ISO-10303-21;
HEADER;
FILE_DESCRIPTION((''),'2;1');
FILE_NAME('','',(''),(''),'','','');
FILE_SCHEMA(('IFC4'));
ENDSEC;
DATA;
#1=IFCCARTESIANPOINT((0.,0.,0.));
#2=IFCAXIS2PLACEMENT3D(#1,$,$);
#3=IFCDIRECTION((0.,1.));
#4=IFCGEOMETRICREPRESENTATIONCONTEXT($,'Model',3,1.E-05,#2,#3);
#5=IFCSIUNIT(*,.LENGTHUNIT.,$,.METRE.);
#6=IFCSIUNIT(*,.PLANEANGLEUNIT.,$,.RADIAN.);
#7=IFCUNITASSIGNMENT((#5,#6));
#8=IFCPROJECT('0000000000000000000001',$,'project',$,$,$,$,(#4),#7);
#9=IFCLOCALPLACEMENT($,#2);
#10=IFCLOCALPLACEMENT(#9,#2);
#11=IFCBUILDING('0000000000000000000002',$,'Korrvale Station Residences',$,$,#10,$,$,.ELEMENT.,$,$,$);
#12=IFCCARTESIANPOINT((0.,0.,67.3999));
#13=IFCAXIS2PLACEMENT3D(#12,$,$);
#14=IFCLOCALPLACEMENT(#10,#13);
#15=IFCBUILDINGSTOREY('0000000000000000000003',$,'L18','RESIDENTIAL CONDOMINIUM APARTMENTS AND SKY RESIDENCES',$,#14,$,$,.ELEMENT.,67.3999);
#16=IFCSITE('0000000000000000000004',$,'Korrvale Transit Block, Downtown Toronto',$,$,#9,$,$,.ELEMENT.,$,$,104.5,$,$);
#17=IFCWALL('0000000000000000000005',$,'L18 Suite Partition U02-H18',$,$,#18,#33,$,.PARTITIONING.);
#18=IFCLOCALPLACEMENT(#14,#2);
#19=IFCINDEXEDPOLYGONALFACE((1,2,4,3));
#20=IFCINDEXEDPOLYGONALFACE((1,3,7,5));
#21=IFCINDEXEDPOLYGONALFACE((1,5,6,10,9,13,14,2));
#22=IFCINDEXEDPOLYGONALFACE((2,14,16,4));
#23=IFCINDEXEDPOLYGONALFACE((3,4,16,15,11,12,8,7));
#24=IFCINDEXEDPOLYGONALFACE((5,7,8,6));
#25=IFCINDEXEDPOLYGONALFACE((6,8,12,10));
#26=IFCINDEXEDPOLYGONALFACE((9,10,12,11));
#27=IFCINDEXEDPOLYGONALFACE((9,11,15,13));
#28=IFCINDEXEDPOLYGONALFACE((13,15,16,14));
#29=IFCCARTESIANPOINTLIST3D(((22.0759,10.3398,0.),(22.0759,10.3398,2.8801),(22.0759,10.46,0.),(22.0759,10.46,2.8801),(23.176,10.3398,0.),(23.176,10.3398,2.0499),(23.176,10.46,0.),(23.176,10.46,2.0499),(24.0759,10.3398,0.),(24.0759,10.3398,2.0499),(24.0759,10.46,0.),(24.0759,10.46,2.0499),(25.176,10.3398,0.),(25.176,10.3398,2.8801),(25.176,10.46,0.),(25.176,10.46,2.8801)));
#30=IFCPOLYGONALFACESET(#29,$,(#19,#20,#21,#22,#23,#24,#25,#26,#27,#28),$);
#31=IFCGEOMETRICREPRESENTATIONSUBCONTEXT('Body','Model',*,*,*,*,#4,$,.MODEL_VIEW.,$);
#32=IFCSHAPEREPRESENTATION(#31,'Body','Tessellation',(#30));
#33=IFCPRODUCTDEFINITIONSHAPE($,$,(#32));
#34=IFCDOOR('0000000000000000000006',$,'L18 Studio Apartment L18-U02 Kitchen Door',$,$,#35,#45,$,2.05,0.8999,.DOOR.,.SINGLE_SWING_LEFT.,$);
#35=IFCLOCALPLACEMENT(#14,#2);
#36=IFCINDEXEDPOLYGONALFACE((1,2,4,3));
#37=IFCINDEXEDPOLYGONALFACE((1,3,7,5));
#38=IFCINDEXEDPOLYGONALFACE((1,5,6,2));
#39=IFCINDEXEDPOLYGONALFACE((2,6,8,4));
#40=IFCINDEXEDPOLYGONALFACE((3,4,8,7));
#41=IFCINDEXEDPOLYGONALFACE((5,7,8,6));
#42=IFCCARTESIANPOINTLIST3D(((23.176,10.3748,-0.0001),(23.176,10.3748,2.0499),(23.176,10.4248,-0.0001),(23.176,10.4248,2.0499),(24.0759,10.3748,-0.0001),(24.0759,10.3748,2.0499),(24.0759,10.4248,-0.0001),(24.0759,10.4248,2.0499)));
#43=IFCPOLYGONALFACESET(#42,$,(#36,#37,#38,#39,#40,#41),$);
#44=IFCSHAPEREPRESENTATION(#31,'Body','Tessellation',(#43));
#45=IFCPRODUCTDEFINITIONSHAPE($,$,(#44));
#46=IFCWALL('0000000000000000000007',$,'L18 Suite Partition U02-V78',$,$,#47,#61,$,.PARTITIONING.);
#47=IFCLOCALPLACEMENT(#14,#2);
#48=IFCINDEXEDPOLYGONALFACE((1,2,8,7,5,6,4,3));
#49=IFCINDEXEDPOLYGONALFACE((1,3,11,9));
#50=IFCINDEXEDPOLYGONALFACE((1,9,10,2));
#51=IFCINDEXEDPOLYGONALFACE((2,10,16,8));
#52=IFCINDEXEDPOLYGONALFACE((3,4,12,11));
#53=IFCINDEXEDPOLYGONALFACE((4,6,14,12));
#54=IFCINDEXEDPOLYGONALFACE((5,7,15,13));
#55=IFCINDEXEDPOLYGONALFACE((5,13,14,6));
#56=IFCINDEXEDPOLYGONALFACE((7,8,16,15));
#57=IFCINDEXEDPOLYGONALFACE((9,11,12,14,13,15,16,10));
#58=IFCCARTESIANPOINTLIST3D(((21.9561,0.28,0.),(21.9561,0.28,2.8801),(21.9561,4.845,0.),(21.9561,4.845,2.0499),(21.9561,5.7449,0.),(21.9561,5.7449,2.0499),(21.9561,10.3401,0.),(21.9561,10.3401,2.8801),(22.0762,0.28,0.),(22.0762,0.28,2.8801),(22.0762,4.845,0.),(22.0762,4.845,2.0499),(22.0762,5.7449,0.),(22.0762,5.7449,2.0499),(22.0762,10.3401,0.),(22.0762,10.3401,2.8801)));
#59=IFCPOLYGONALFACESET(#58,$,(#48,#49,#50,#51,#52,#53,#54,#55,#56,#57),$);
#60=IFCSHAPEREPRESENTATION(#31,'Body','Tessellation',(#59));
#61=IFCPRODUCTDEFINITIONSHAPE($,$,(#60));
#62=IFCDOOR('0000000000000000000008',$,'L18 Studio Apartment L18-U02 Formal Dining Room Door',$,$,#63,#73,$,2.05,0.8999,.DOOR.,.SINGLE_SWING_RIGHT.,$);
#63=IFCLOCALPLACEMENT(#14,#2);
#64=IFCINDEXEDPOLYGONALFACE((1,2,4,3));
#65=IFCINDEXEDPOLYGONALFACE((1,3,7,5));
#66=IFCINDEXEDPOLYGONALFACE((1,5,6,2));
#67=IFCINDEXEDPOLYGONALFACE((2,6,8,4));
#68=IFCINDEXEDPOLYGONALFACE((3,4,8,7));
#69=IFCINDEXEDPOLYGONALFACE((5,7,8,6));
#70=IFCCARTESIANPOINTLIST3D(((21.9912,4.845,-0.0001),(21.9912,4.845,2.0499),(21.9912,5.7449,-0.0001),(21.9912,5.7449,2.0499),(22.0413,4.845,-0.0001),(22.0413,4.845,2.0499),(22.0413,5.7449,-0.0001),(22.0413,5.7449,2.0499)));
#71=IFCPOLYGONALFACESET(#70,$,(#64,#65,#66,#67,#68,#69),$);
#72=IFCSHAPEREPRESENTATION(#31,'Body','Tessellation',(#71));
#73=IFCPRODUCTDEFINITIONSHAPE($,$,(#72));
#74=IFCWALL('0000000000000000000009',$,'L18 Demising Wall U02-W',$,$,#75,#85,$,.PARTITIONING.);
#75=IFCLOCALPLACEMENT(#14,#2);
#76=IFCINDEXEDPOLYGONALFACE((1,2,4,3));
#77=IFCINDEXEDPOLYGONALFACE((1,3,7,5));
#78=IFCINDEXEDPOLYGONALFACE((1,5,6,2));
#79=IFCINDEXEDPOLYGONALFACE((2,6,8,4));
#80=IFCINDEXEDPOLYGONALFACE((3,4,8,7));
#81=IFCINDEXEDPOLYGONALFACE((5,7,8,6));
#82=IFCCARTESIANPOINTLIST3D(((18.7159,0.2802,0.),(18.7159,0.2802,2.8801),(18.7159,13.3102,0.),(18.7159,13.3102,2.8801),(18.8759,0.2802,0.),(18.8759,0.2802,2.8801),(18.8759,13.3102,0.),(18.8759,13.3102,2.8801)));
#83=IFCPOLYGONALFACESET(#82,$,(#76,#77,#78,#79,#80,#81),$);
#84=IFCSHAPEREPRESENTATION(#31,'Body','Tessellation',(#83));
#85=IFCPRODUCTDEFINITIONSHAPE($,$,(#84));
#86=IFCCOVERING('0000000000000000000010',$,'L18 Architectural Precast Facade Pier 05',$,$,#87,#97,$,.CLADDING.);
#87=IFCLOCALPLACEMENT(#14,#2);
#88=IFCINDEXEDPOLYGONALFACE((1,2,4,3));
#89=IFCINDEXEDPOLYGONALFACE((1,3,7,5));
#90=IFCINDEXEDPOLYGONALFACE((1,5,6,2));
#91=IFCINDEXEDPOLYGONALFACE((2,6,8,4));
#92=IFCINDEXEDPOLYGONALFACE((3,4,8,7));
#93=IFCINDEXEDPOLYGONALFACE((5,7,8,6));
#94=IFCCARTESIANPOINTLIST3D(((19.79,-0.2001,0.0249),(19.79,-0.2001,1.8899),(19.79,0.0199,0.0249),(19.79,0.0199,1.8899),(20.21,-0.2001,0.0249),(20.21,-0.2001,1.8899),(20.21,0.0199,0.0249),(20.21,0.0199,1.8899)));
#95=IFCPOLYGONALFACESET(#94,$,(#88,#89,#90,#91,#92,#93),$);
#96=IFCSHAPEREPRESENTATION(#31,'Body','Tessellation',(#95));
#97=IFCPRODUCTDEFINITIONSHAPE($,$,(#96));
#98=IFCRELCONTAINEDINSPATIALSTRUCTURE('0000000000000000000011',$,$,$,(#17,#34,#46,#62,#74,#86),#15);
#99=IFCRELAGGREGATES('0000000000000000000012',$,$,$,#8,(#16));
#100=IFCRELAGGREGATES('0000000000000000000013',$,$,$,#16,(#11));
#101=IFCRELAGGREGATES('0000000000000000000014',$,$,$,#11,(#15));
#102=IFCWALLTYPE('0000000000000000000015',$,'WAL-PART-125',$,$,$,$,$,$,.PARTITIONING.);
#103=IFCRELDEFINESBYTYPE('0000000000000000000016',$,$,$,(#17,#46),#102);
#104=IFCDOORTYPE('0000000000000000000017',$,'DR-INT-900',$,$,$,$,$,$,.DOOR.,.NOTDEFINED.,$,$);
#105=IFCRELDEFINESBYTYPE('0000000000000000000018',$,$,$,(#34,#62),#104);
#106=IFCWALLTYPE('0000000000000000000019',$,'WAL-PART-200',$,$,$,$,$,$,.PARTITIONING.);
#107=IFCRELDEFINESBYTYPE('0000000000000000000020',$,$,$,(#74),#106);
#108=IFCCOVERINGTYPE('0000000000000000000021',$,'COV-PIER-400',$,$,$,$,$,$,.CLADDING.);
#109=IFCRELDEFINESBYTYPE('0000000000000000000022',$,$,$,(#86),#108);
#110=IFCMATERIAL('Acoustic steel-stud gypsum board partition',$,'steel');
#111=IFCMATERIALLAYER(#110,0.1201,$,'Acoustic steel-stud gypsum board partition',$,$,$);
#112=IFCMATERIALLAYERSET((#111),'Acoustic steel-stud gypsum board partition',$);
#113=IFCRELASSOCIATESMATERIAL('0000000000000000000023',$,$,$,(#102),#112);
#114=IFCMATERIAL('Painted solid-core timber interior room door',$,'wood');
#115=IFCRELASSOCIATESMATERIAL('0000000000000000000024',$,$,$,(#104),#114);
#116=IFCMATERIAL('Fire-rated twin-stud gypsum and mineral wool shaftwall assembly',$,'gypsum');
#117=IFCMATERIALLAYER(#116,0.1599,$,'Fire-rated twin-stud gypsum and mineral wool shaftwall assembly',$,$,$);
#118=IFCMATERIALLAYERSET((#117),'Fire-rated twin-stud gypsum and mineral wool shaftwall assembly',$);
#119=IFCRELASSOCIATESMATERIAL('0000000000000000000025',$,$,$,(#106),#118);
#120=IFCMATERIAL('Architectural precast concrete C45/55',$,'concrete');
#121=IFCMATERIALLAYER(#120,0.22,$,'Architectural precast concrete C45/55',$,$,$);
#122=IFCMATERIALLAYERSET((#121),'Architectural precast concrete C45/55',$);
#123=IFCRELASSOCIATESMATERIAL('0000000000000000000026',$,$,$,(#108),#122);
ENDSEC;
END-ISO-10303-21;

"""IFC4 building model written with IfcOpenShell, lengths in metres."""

from ifc_helpers import new_model, si_unit, direction, frame, frame_2d, origin, origin_2d, place, context, subcontext, project, spatial, rectangle, extrude, material, layer, layer_set, type_object, element, fill, save


model = new_model("IFC4")

# Units and contexts
model_context = context("Model", 3, precision=1e-05, world=origin(), true_north=direction((0.0, 1.0)))
body_context = subcontext(model_context, "Body", "Model", "MODEL_VIEW")
ifc_project = project(units=[si_unit("LENGTHUNIT", "METRE"), si_unit("PLANEANGLEUNIT", "RADIAN")], contexts=[model_context])

# Site, building, storey
site_placement = place(None, origin())
site = spatial("IfcSite", under=ifc_project, at=site_placement, Name="Korrvale Transit Block, Downtown Toronto", CompositionType="ELEMENT", RefElevation=104.5)
building_placement = place(site_placement, origin())
building = spatial("IfcBuilding", under=site, at=building_placement, Name="Korrvale Station Residences", CompositionType="ELEMENT")
storey_placement = place(building_placement, frame((0.0, 0.0, 67.3999)))
storey = spatial("IfcBuildingStorey", under=building, at=storey_placement, Name="L18", Description="RESIDENTIAL CONDOMINIUM APARTMENTS AND SKY RESIDENCES", CompositionType="ELEMENT", Elevation=67.3999)

# Shared definitions
ifc_material_1 = material(Name="Acoustic steel-stud gypsum board partition", Category="steel")
ifc_layer_1 = layer(ifc_material_1, 0.1201, Name="Acoustic steel-stud gypsum board partition")
ifc_layer_set_1 = layer_set([ifc_layer_1], Name="Acoustic steel-stud gypsum board partition")
wall_type_1 = type_object("IfcWallType", Name="WAL-PART-125", PredefinedType="PARTITIONING", material=ifc_layer_set_1)
ifc_material_2 = material(Name="Painted solid-core timber interior room door", Category="wood")
door_type_1 = type_object("IfcDoorType", Name="DR-INT-900", OperationType="NOTDEFINED", PredefinedType="DOOR", material=ifc_material_2)

# Walls, openings, doors
wall_1_placement = place(storey_placement, frame((22.0759, 10.3999, 0.0), z_axis=(0.0, 0.0, 1.0), x_axis=(1.0, 0.0, 0.0)))
wall_1 = element("IfcWall", 1, at=wall_1_placement, inside=storey, type_object=wall_type_1, Name="L18 Suite Partition U02-H18", PredefinedType="PARTITIONING", context=body_context, shape_type="SweptSolid", body=[
    extrude(rectangle(XDim=3.1001, YDim=0.1201, at=frame_2d((1.55, 0.0))), origin(), (0.0, 0.0, 1.0), 2.8801),
])
opening_1_placement = place(wall_1_placement, frame((1.1001, 0.0, 0.0)))
opening_1 = element("IfcOpeningElement", 2, at=opening_1_placement, cuts=wall_1, PredefinedType="OPENING", context=body_context, shape_type="SweptSolid", body=[
    extrude(rectangle(XDim=0.8999, YDim=2.05, at=frame_2d((0.45, 1.0249))), frame((0.0, 0.0701, 0.0), z_axis=(0.0, -1.0, 0.0), x_axis=(1.0, 0.0, 0.0)), (0.0, 0.0, 1.0), 0.1401),
])
door_1_placement = place(opening_1_placement, origin())
door_1 = element("IfcDoor", 3, at=door_1_placement, inside=storey, type_object=door_type_1, Name="L18 Studio Apartment L18-U02 Kitchen Door", OperationType="SINGLE_SWING_LEFT", OverallHeight=2.05, OverallWidth=0.8999, PredefinedType="DOOR", context=body_context, shape_type="SweptSolid", body=[
    extrude(rectangle(XDim=0.8999, YDim=2.05, at=frame_2d((0.45, 1.0249))), frame((0.0, 0.0249, 0.0), z_axis=(0.0, -1.0, 0.0), x_axis=(1.0, 0.0, 0.0)), (0.0, 0.0, 1.0), 0.05),
])
fill(opening_1, door_1)
wall_2_placement = place(storey_placement, frame((22.0161, 0.28, 0.0), z_axis=(0.0, 0.0, 1.0), x_axis=(0.0, 1.0, 0.0)))
wall_2 = element("IfcWall", 4, at=wall_2_placement, inside=storey, type_object=wall_type_1, Name="L18 Suite Partition U02-V78", PredefinedType="PARTITIONING", context=body_context, shape_type="SweptSolid", body=[
    extrude(rectangle(XDim=10.0601, YDim=0.1201, at=frame_2d((5.03, 0.0))), origin(), (0.0, 0.0, 1.0), 2.8801),
])
opening_2_placement = place(wall_2_placement, frame((4.5649, 0.0, 0.0)))
opening_2 = element("IfcOpeningElement", 5, at=opening_2_placement, cuts=wall_2, PredefinedType="OPENING", context=body_context, shape_type="SweptSolid", body=[
    extrude(rectangle(XDim=0.8999, YDim=2.05, at=frame_2d((0.45, 1.0249))), frame((0.0, 0.0701, 0.0), z_axis=(0.0, -1.0, 0.0), x_axis=(1.0, 0.0, 0.0)), (0.0, 0.0, 1.0), 0.1401),
])
door_2_placement = place(opening_2_placement, origin())
door_2 = element("IfcDoor", 6, at=door_2_placement, inside=storey, type_object=door_type_1, Name="L18 Studio Apartment L18-U02 Formal Dining Room Door", OperationType="SINGLE_SWING_RIGHT", OverallHeight=2.05, OverallWidth=0.8999, PredefinedType="DOOR", context=body_context, shape_type="SweptSolid", body=[
    extrude(rectangle(XDim=0.8999, YDim=2.05, at=frame_2d((0.45, 1.0249))), frame((0.0, 0.0249, 0.0), z_axis=(0.0, -1.0, 0.0), x_axis=(1.0, 0.0, 0.0)), (0.0, 0.0, 1.0), 0.05),
])
fill(opening_2, door_2)

# Wall
ifc_material_3 = material(Name="Fire-rated twin-stud gypsum and mineral wool shaftwall assembly", Category="gypsum")
ifc_layer_2 = layer(ifc_material_3, 0.1599, Name="Fire-rated twin-stud gypsum and mineral wool shaftwall assembly")
ifc_layer_set_2 = layer_set([ifc_layer_2], Name="Fire-rated twin-stud gypsum and mineral wool shaftwall assembly")
wall_type_2 = type_object("IfcWallType", Name="WAL-PART-200", PredefinedType="PARTITIONING", material=ifc_layer_set_2)
wall_3_placement = place(storey_placement, frame((18.7959, 0.28, 0.0), z_axis=(0.0, 0.0, 1.0), x_axis=(0.0, 1.0, 0.0)))
element("IfcWall", 7, at=wall_3_placement, inside=storey, type_object=wall_type_2, Name="L18 Demising Wall U02-W", PredefinedType="PARTITIONING", context=body_context, shape_type="SweptSolid", body=[
    extrude(rectangle(XDim=13.03, YDim=0.1599, at=frame_2d((6.5151, 0.0))), origin(), (0.0, 0.0, 1.0), 2.8801),
])

# Covering
ifc_material_4 = material(Name="Architectural precast concrete C45/55", Category="concrete")
ifc_layer_3 = layer(ifc_material_4, 0.22, Name="Architectural precast concrete C45/55")
ifc_layer_set_3 = layer_set([ifc_layer_3], Name="Architectural precast concrete C45/55")
covering_type = type_object("IfcCoveringType", Name="COV-PIER-400", PredefinedType="CLADDING", material=ifc_layer_set_3)
covering_placement = place(storey_placement, frame((20.0, -0.0901, 0.0249), z_axis=(0.0, 0.0, 1.0), x_axis=(1.0, 0.0, 0.0)))
element("IfcCovering", 8, at=covering_placement, inside=storey, type_object=covering_type, Name="L18 Architectural Precast Facade Pier 05", PredefinedType="CLADDING", context=body_context, shape_type="SweptSolid", body=[
    extrude(rectangle(XDim=0.4199, YDim=0.22, at=origin_2d()), origin(), (0.0, 0.0, 1.0), 1.865),
])

save(model, "model.ifc")
